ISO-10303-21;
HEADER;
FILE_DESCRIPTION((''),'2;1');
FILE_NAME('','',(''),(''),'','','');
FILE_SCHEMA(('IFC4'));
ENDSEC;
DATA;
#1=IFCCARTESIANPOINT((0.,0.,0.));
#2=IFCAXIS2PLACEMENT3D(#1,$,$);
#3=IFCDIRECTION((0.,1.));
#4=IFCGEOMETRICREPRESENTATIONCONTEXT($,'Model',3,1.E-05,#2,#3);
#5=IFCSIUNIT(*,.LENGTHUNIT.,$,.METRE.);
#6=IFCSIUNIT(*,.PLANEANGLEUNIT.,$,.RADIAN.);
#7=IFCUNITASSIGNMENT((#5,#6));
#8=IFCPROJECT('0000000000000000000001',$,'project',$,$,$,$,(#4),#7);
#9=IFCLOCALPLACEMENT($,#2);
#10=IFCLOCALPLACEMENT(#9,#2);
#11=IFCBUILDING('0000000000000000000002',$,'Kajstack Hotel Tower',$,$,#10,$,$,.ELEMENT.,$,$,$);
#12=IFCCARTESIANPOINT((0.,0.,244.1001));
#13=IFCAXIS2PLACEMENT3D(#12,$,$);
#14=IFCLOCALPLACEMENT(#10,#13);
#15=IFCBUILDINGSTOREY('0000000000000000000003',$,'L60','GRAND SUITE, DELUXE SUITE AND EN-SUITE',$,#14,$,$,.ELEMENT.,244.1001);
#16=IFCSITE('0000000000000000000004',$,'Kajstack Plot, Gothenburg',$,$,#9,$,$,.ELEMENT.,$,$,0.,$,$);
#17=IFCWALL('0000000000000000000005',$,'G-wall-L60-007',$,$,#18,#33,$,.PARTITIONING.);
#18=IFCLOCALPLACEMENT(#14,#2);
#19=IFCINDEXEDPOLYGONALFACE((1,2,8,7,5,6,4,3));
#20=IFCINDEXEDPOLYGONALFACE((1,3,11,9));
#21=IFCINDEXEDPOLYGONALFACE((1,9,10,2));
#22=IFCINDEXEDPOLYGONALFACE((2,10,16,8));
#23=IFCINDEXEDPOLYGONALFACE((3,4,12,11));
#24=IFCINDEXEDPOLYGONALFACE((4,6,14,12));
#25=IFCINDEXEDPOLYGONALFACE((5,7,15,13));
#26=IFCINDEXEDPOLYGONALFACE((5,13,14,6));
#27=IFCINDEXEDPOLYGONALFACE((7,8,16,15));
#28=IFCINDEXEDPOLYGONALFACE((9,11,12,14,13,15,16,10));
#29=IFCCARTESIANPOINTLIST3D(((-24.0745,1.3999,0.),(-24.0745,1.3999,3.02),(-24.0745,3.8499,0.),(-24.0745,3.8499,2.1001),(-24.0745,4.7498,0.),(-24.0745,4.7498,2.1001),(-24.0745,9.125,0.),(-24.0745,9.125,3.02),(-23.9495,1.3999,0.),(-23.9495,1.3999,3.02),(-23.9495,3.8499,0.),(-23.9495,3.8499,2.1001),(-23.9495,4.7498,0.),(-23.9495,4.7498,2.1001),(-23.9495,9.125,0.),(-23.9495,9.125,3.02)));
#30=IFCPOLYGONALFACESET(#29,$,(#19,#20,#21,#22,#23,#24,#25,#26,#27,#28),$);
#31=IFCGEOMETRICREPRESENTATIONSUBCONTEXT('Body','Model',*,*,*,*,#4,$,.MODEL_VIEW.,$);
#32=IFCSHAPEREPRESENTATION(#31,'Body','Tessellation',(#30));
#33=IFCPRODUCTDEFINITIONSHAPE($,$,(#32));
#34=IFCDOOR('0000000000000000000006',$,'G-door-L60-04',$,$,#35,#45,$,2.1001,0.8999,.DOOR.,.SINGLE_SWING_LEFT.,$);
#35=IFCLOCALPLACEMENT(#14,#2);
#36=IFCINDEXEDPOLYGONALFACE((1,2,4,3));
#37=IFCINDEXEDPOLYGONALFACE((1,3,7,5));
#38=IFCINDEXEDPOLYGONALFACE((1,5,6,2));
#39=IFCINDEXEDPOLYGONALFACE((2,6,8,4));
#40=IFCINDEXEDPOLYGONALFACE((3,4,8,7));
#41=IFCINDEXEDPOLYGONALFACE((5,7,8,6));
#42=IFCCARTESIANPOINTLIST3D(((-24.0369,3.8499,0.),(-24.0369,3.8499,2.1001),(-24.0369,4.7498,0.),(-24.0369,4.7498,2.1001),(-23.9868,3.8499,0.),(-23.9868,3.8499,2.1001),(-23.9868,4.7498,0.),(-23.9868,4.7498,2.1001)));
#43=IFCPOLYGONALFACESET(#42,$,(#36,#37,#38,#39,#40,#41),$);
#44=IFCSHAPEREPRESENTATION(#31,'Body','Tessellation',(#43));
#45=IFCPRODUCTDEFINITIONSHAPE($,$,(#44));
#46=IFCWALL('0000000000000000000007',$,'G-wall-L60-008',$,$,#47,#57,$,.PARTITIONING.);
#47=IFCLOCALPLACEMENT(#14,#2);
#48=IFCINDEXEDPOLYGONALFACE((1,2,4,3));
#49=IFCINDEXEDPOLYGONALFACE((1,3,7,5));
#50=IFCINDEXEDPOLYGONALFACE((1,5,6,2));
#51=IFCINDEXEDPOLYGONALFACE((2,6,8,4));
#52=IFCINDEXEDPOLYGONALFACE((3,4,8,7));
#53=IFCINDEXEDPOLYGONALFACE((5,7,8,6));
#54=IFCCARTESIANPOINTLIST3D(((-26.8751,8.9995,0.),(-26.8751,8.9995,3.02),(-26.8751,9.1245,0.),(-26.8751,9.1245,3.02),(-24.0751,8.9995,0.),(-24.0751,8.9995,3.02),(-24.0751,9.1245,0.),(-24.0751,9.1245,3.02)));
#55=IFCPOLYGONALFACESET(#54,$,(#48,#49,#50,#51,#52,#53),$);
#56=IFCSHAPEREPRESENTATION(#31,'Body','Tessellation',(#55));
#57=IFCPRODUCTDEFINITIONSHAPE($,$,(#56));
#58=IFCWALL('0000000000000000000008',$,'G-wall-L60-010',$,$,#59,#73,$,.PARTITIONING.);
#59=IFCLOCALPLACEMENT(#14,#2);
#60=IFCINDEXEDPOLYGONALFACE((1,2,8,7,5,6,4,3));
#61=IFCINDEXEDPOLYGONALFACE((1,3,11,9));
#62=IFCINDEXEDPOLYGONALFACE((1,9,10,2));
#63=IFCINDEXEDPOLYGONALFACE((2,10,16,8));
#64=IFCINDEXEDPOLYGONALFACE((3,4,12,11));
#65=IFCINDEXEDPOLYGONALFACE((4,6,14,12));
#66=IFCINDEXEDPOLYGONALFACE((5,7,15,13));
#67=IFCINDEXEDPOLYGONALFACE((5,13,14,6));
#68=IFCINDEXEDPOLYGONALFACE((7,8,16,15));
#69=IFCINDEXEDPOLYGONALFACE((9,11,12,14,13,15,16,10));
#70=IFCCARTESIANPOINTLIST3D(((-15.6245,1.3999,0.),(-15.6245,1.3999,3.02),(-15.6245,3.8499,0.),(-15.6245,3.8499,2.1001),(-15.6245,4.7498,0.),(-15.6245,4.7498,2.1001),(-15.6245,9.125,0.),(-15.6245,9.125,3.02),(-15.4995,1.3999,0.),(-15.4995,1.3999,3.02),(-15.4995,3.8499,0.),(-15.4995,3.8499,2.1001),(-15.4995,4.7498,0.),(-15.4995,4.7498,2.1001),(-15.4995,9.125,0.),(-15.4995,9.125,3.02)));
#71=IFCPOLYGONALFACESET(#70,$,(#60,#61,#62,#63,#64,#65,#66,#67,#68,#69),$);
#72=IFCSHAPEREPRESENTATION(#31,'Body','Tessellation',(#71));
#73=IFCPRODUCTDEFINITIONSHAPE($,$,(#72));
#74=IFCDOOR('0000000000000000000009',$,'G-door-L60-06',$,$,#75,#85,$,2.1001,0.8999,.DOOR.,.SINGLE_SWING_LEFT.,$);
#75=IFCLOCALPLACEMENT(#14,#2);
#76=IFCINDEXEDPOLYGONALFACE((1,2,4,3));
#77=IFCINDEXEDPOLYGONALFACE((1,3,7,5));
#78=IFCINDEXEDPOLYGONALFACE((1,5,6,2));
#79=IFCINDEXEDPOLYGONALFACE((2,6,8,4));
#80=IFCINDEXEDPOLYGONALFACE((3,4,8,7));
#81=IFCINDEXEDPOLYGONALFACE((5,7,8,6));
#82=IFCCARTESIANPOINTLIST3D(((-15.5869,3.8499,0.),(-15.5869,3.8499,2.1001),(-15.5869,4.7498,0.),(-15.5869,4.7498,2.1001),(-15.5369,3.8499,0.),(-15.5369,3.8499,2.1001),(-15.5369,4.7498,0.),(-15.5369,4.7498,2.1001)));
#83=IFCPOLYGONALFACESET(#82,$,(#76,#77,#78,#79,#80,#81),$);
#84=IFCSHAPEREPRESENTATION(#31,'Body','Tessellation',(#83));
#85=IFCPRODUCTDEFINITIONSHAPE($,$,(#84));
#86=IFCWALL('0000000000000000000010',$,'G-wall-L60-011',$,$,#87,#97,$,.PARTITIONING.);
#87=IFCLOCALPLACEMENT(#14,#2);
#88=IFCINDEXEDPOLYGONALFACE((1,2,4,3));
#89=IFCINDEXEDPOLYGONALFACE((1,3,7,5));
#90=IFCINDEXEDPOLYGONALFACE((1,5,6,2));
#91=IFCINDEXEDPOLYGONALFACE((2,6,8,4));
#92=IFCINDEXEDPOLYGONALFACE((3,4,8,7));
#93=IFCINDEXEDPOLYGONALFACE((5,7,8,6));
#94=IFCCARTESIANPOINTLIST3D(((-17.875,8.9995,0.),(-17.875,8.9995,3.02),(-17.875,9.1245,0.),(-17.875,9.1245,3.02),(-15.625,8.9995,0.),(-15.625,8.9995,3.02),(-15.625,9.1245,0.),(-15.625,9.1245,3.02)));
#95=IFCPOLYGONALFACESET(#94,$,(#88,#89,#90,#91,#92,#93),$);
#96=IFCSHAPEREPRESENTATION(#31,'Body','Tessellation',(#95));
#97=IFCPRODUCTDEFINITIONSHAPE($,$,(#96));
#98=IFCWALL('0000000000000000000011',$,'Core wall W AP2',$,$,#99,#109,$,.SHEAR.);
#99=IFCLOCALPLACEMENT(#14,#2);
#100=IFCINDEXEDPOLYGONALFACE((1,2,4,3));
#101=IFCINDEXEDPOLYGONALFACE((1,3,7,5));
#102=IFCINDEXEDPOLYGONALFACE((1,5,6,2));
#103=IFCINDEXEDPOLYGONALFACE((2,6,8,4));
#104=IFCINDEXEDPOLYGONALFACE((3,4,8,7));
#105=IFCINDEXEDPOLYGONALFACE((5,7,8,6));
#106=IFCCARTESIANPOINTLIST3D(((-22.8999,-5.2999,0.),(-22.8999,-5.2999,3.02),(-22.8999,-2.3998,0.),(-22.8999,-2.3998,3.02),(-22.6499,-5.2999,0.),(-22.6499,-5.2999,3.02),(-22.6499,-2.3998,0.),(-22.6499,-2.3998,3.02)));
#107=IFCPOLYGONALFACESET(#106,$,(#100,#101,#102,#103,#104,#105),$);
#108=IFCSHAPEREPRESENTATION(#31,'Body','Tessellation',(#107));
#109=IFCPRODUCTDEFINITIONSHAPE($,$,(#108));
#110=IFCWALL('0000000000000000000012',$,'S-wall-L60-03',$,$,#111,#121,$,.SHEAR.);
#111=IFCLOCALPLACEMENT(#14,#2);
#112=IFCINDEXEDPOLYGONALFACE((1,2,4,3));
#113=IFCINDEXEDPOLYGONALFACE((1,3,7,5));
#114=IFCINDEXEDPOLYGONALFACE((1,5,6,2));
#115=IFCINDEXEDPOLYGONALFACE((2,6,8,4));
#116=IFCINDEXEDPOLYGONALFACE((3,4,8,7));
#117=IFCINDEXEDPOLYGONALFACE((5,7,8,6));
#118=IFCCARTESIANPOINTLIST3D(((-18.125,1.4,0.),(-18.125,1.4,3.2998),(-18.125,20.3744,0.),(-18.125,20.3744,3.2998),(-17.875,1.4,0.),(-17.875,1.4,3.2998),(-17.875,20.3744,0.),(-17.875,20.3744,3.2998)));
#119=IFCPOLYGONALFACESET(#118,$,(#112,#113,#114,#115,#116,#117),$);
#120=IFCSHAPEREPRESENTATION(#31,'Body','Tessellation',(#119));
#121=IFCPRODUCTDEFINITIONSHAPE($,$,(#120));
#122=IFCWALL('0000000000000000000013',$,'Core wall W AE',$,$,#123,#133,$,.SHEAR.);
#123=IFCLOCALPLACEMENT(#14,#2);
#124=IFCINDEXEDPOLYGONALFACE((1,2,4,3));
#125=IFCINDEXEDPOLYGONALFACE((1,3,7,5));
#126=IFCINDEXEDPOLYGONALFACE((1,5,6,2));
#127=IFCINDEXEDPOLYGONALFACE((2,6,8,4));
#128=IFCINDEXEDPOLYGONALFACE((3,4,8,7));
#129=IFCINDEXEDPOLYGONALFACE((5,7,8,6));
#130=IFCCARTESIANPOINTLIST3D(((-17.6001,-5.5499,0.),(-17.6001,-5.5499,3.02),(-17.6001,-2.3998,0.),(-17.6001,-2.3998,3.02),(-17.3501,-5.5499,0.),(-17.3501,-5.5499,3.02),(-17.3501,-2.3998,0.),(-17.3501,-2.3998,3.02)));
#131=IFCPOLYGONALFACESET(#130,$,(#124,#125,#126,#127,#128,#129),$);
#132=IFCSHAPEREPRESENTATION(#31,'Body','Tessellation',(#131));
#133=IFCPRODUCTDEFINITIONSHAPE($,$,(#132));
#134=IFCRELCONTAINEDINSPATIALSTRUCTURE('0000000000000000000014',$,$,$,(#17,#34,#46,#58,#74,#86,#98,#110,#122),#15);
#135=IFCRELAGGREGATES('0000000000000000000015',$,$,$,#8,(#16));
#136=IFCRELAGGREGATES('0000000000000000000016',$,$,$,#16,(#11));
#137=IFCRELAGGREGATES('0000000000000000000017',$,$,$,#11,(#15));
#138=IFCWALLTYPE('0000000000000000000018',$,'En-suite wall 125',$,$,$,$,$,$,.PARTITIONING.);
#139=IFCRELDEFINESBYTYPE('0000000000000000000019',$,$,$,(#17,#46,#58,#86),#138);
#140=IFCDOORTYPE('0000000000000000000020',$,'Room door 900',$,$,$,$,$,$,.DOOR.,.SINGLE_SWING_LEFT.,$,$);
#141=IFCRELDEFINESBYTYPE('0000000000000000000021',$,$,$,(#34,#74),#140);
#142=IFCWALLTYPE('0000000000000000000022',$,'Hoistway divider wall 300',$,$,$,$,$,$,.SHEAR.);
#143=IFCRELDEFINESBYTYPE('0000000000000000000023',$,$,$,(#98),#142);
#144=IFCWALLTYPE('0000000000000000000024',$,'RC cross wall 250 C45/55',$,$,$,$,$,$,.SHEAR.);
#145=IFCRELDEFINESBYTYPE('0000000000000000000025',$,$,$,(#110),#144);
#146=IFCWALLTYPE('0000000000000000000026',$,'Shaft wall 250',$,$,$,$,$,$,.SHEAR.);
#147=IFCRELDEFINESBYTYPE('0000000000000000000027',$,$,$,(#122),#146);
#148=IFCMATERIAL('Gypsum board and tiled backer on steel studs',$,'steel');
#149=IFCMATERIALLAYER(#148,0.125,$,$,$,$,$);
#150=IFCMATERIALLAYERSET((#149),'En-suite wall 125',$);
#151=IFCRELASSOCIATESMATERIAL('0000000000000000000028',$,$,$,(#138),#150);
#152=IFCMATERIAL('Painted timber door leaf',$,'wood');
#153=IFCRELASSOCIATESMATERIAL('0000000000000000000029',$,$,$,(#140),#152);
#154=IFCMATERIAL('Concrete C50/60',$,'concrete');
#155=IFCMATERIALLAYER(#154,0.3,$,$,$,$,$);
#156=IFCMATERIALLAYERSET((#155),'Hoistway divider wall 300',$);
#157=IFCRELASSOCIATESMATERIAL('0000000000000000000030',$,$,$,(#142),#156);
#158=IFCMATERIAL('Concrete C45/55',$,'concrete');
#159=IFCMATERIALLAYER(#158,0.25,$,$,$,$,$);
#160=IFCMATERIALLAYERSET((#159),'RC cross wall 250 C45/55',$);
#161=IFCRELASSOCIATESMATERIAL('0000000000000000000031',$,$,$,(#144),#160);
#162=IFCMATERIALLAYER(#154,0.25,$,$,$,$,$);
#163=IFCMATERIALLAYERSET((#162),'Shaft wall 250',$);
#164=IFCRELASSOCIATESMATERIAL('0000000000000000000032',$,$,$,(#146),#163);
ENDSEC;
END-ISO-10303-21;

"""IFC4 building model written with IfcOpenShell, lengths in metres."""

from ifc_helpers import new_model, si_unit, direction, frame, frame_2d, origin, place, context, subcontext, project, spatial, rectangle, extrude, material, layer, layer_set, type_object, element, fill, save


model = new_model("IFC4")

# Units and contexts
model_context = context("Model", 3, precision=1e-05, world=origin(), true_north=direction((0.0, 1.0)))
body_context = subcontext(model_context, "Body", "Model", "MODEL_VIEW")
ifc_project = project(units=[si_unit("LENGTHUNIT", "METRE"), si_unit("PLANEANGLEUNIT", "RADIAN")], contexts=[model_context])

# Site, building, storey
site_placement = place(None, origin())
site = spatial("IfcSite", under=ifc_project, at=site_placement, Name="Kajstack Plot, Gothenburg", CompositionType="ELEMENT", RefElevation=0.0)
building_placement = place(site_placement, origin())
building = spatial("IfcBuilding", under=site, at=building_placement, Name="Kajstack Hotel Tower", CompositionType="ELEMENT")
storey_placement = place(building_placement, frame((0.0, 0.0, 244.1001)))
storey = spatial("IfcBuildingStorey", under=building, at=storey_placement, Name="L60", Description="GRAND SUITE, DELUXE SUITE AND EN-SUITE", CompositionType="ELEMENT", Elevation=244.1001)

# Wall, opening, door
ifc_material_1 = material(Name="Gypsum board and tiled backer on steel studs", Category="steel")
ifc_layer_1 = layer(ifc_material_1, 0.125)
ifc_layer_set_1 = layer_set([ifc_layer_1], Name="En-suite wall 125")
wall_type_1 = type_object("IfcWallType", Name="En-suite wall 125", PredefinedType="PARTITIONING", material=ifc_layer_set_1)
wall_1_placement = place(storey_placement, frame((-24.012, 1.3999, 0.0), z_axis=(0.0, 0.0, 1.0), x_axis=(0.0, 1.0, 0.0)))
wall_1 = element("IfcWall", 1, at=wall_1_placement, inside=storey, type_object=wall_type_1, Name="G-wall-L60-007", PredefinedType="PARTITIONING", context=body_context, shape_type="SweptSolid", body=[
    extrude(rectangle(XDim=7.7251, YDim=0.125, at=frame_2d((3.8625, 0.0))), origin(), (0.0, 0.0, 1.0), 3.02),
])
opening_1_placement = place(wall_1_placement, frame((2.45, 0.0, 0.0)))
opening_1 = element("IfcOpeningElement", 2, at=opening_1_placement, cuts=wall_1, PredefinedType="OPENING", context=body_context, shape_type="SweptSolid", body=[
    extrude(rectangle(XDim=0.8999, YDim=2.1001, at=frame_2d((0.45, 1.05))), frame((0.0, 0.0725, 0.0), z_axis=(0.0, -1.0, 0.0), x_axis=(1.0, 0.0, 0.0)), (0.0, 0.0, 1.0), 0.145),
])
ifc_material_2 = material(Name="Painted timber door leaf", Category="wood")
door_type_1 = type_object("IfcDoorType", Name="Room door 900", OperationType="SINGLE_SWING_LEFT", PredefinedType="DOOR", material=ifc_material_2)
door_1_placement = place(opening_1_placement, origin())
door_1 = element("IfcDoor", 3, at=door_1_placement, inside=storey, type_object=door_type_1, Name="G-door-L60-04", OperationType="SINGLE_SWING_LEFT", OverallHeight=2.1001, OverallWidth=0.8999, PredefinedType="DOOR", context=body_context, shape_type="SweptSolid", body=[
    extrude(rectangle(XDim=0.8999, YDim=2.1001, at=frame_2d((0.45, 1.05))), frame((0.0, 0.0249, 0.0), z_axis=(0.0, -1.0, 0.0), x_axis=(1.0, 0.0, 0.0)), (0.0, 0.0, 1.0), 0.05),
])
fill(opening_1, door_1)

# Wall
wall_2_placement = place(storey_placement, frame((-26.875, 9.062, 0.0), z_axis=(0.0, 0.0, 1.0), x_axis=(1.0, 0.0, 0.0)))
element("IfcWall", 4, at=wall_2_placement, inside=storey, type_object=wall_type_1, Name="G-wall-L60-008", PredefinedType="PARTITIONING", context=body_context, shape_type="SweptSolid", body=[
    extrude(rectangle(XDim=2.8, YDim=0.125, at=frame_2d((1.3999, 0.0))), origin(), (0.0, 0.0, 1.0), 3.02),
])

# Wall, opening, door
wall_3_placement = place(storey_placement, frame((-15.562, 1.3999, 0.0), z_axis=(0.0, 0.0, 1.0), x_axis=(0.0, 1.0, 0.0)))
wall_3 = element("IfcWall", 5, at=wall_3_placement, inside=storey, type_object=wall_type_1, Name="G-wall-L60-010", PredefinedType="PARTITIONING", context=body_context, shape_type="SweptSolid", body=[
    extrude(rectangle(XDim=7.7251, YDim=0.125, at=frame_2d((3.8625, 0.0))), origin(), (0.0, 0.0, 1.0), 3.02),
])
opening_2_placement = place(wall_3_placement, frame((2.45, 0.0, 0.0)))
opening_2 = element("IfcOpeningElement", 6, at=opening_2_placement, cuts=wall_3, PredefinedType="OPENING", context=body_context, shape_type="SweptSolid", body=[
    extrude(rectangle(XDim=0.8999, YDim=2.1001, at=frame_2d((0.45, 1.05))), frame((0.0, 0.0725, 0.0), z_axis=(0.0, -1.0, 0.0), x_axis=(1.0, 0.0, 0.0)), (0.0, 0.0, 1.0), 0.145),
])
door_2_placement = place(opening_2_placement, origin())
door_2 = element("IfcDoor", 7, at=door_2_placement, inside=storey, type_object=door_type_1, Name="G-door-L60-06", OperationType="SINGLE_SWING_LEFT", OverallHeight=2.1001, OverallWidth=0.8999, PredefinedType="DOOR", context=body_context, shape_type="SweptSolid", body=[
    extrude(rectangle(XDim=0.8999, YDim=2.1001, at=frame_2d((0.45, 1.05))), frame((0.0, 0.0249, 0.0), z_axis=(0.0, -1.0, 0.0), x_axis=(1.0, 0.0, 0.0)), (0.0, 0.0, 1.0), 0.05),
])
fill(opening_2, door_2)

# Walls
wall_4_placement = place(storey_placement, frame((-17.875, 9.062, 0.0), z_axis=(0.0, 0.0, 1.0), x_axis=(1.0, 0.0, 0.0)))
element("IfcWall", 8, at=wall_4_placement, inside=storey, type_object=wall_type_1, Name="G-wall-L60-011", PredefinedType="PARTITIONING", context=body_context, shape_type="SweptSolid", body=[
    extrude(rectangle(XDim=2.25, YDim=0.125, at=frame_2d((1.125, 0.0))), origin(), (0.0, 0.0, 1.0), 3.02),
])
ifc_material_3 = material(Name="Concrete C50/60", Category="concrete")
ifc_layer_2 = layer(ifc_material_3, 0.3)
ifc_layer_set_2 = layer_set([ifc_layer_2], Name="Hoistway divider wall 300")
wall_type_2 = type_object("IfcWallType", Name="Hoistway divider wall 300", PredefinedType="SHEAR", material=ifc_layer_set_2)
wall_5_placement = place(storey_placement, frame((-22.7749, -5.3, 0.0), z_axis=(0.0, 0.0, 1.0), x_axis=(0.0, 1.0, 0.0)))
element("IfcWall", 9, at=wall_5_placement, inside=storey, type_object=wall_type_2, Name="Core wall W AP2", PredefinedType="SHEAR", context=body_context, shape_type="SweptSolid", body=[
    extrude(rectangle(XDim=2.9001, YDim=0.25, at=frame_2d((1.4502, 0.0))), origin(), (0.0, 0.0, 1.0), 3.02),
])
ifc_material_4 = material(Name="Concrete C45/55", Category="concrete")
ifc_layer_3 = layer(ifc_material_4, 0.25)
ifc_layer_set_3 = layer_set([ifc_layer_3], Name="RC cross wall 250 C45/55")
wall_type_3 = type_object("IfcWallType", Name="RC cross wall 250 C45/55", PredefinedType="SHEAR", material=ifc_layer_set_3)
wall_6_placement = place(storey_placement, frame((-18.0, 1.3999, 0.0), z_axis=(0.0, 0.0, 1.0), x_axis=(0.0, 1.0, 0.0)))
element("IfcWall", 10, at=wall_6_placement, inside=storey, type_object=wall_type_3, Name="S-wall-L60-03", PredefinedType="SHEAR", context=body_context, shape_type="SweptSolid", body=[
    extrude(rectangle(XDim=18.9744, YDim=0.25, at=frame_2d((9.4873, 0.0))), origin(), (0.0, 0.0, 1.0), 3.2998),
])
ifc_layer_4 = layer(ifc_material_3, 0.25)
ifc_layer_set_4 = layer_set([ifc_layer_4], Name="Shaft wall 250")
wall_type_4 = type_object("IfcWallType", Name="Shaft wall 250", PredefinedType="SHEAR", material=ifc_layer_set_4)
wall_7_placement = place(storey_placement, frame((-17.4751, -5.55, 0.0), z_axis=(0.0, 0.0, 1.0), x_axis=(0.0, 1.0, 0.0)))
element("IfcWall", 11, at=wall_7_placement, inside=storey, type_object=wall_type_4, Name="Core wall W AE", PredefinedType="SHEAR", context=body_context, shape_type="SweptSolid", body=[
    extrude(rectangle(XDim=3.1501, YDim=0.25, at=frame_2d((1.5752, 0.0))), origin(), (0.0, 0.0, 1.0), 3.02),
])

save(model, "model.ifc")
